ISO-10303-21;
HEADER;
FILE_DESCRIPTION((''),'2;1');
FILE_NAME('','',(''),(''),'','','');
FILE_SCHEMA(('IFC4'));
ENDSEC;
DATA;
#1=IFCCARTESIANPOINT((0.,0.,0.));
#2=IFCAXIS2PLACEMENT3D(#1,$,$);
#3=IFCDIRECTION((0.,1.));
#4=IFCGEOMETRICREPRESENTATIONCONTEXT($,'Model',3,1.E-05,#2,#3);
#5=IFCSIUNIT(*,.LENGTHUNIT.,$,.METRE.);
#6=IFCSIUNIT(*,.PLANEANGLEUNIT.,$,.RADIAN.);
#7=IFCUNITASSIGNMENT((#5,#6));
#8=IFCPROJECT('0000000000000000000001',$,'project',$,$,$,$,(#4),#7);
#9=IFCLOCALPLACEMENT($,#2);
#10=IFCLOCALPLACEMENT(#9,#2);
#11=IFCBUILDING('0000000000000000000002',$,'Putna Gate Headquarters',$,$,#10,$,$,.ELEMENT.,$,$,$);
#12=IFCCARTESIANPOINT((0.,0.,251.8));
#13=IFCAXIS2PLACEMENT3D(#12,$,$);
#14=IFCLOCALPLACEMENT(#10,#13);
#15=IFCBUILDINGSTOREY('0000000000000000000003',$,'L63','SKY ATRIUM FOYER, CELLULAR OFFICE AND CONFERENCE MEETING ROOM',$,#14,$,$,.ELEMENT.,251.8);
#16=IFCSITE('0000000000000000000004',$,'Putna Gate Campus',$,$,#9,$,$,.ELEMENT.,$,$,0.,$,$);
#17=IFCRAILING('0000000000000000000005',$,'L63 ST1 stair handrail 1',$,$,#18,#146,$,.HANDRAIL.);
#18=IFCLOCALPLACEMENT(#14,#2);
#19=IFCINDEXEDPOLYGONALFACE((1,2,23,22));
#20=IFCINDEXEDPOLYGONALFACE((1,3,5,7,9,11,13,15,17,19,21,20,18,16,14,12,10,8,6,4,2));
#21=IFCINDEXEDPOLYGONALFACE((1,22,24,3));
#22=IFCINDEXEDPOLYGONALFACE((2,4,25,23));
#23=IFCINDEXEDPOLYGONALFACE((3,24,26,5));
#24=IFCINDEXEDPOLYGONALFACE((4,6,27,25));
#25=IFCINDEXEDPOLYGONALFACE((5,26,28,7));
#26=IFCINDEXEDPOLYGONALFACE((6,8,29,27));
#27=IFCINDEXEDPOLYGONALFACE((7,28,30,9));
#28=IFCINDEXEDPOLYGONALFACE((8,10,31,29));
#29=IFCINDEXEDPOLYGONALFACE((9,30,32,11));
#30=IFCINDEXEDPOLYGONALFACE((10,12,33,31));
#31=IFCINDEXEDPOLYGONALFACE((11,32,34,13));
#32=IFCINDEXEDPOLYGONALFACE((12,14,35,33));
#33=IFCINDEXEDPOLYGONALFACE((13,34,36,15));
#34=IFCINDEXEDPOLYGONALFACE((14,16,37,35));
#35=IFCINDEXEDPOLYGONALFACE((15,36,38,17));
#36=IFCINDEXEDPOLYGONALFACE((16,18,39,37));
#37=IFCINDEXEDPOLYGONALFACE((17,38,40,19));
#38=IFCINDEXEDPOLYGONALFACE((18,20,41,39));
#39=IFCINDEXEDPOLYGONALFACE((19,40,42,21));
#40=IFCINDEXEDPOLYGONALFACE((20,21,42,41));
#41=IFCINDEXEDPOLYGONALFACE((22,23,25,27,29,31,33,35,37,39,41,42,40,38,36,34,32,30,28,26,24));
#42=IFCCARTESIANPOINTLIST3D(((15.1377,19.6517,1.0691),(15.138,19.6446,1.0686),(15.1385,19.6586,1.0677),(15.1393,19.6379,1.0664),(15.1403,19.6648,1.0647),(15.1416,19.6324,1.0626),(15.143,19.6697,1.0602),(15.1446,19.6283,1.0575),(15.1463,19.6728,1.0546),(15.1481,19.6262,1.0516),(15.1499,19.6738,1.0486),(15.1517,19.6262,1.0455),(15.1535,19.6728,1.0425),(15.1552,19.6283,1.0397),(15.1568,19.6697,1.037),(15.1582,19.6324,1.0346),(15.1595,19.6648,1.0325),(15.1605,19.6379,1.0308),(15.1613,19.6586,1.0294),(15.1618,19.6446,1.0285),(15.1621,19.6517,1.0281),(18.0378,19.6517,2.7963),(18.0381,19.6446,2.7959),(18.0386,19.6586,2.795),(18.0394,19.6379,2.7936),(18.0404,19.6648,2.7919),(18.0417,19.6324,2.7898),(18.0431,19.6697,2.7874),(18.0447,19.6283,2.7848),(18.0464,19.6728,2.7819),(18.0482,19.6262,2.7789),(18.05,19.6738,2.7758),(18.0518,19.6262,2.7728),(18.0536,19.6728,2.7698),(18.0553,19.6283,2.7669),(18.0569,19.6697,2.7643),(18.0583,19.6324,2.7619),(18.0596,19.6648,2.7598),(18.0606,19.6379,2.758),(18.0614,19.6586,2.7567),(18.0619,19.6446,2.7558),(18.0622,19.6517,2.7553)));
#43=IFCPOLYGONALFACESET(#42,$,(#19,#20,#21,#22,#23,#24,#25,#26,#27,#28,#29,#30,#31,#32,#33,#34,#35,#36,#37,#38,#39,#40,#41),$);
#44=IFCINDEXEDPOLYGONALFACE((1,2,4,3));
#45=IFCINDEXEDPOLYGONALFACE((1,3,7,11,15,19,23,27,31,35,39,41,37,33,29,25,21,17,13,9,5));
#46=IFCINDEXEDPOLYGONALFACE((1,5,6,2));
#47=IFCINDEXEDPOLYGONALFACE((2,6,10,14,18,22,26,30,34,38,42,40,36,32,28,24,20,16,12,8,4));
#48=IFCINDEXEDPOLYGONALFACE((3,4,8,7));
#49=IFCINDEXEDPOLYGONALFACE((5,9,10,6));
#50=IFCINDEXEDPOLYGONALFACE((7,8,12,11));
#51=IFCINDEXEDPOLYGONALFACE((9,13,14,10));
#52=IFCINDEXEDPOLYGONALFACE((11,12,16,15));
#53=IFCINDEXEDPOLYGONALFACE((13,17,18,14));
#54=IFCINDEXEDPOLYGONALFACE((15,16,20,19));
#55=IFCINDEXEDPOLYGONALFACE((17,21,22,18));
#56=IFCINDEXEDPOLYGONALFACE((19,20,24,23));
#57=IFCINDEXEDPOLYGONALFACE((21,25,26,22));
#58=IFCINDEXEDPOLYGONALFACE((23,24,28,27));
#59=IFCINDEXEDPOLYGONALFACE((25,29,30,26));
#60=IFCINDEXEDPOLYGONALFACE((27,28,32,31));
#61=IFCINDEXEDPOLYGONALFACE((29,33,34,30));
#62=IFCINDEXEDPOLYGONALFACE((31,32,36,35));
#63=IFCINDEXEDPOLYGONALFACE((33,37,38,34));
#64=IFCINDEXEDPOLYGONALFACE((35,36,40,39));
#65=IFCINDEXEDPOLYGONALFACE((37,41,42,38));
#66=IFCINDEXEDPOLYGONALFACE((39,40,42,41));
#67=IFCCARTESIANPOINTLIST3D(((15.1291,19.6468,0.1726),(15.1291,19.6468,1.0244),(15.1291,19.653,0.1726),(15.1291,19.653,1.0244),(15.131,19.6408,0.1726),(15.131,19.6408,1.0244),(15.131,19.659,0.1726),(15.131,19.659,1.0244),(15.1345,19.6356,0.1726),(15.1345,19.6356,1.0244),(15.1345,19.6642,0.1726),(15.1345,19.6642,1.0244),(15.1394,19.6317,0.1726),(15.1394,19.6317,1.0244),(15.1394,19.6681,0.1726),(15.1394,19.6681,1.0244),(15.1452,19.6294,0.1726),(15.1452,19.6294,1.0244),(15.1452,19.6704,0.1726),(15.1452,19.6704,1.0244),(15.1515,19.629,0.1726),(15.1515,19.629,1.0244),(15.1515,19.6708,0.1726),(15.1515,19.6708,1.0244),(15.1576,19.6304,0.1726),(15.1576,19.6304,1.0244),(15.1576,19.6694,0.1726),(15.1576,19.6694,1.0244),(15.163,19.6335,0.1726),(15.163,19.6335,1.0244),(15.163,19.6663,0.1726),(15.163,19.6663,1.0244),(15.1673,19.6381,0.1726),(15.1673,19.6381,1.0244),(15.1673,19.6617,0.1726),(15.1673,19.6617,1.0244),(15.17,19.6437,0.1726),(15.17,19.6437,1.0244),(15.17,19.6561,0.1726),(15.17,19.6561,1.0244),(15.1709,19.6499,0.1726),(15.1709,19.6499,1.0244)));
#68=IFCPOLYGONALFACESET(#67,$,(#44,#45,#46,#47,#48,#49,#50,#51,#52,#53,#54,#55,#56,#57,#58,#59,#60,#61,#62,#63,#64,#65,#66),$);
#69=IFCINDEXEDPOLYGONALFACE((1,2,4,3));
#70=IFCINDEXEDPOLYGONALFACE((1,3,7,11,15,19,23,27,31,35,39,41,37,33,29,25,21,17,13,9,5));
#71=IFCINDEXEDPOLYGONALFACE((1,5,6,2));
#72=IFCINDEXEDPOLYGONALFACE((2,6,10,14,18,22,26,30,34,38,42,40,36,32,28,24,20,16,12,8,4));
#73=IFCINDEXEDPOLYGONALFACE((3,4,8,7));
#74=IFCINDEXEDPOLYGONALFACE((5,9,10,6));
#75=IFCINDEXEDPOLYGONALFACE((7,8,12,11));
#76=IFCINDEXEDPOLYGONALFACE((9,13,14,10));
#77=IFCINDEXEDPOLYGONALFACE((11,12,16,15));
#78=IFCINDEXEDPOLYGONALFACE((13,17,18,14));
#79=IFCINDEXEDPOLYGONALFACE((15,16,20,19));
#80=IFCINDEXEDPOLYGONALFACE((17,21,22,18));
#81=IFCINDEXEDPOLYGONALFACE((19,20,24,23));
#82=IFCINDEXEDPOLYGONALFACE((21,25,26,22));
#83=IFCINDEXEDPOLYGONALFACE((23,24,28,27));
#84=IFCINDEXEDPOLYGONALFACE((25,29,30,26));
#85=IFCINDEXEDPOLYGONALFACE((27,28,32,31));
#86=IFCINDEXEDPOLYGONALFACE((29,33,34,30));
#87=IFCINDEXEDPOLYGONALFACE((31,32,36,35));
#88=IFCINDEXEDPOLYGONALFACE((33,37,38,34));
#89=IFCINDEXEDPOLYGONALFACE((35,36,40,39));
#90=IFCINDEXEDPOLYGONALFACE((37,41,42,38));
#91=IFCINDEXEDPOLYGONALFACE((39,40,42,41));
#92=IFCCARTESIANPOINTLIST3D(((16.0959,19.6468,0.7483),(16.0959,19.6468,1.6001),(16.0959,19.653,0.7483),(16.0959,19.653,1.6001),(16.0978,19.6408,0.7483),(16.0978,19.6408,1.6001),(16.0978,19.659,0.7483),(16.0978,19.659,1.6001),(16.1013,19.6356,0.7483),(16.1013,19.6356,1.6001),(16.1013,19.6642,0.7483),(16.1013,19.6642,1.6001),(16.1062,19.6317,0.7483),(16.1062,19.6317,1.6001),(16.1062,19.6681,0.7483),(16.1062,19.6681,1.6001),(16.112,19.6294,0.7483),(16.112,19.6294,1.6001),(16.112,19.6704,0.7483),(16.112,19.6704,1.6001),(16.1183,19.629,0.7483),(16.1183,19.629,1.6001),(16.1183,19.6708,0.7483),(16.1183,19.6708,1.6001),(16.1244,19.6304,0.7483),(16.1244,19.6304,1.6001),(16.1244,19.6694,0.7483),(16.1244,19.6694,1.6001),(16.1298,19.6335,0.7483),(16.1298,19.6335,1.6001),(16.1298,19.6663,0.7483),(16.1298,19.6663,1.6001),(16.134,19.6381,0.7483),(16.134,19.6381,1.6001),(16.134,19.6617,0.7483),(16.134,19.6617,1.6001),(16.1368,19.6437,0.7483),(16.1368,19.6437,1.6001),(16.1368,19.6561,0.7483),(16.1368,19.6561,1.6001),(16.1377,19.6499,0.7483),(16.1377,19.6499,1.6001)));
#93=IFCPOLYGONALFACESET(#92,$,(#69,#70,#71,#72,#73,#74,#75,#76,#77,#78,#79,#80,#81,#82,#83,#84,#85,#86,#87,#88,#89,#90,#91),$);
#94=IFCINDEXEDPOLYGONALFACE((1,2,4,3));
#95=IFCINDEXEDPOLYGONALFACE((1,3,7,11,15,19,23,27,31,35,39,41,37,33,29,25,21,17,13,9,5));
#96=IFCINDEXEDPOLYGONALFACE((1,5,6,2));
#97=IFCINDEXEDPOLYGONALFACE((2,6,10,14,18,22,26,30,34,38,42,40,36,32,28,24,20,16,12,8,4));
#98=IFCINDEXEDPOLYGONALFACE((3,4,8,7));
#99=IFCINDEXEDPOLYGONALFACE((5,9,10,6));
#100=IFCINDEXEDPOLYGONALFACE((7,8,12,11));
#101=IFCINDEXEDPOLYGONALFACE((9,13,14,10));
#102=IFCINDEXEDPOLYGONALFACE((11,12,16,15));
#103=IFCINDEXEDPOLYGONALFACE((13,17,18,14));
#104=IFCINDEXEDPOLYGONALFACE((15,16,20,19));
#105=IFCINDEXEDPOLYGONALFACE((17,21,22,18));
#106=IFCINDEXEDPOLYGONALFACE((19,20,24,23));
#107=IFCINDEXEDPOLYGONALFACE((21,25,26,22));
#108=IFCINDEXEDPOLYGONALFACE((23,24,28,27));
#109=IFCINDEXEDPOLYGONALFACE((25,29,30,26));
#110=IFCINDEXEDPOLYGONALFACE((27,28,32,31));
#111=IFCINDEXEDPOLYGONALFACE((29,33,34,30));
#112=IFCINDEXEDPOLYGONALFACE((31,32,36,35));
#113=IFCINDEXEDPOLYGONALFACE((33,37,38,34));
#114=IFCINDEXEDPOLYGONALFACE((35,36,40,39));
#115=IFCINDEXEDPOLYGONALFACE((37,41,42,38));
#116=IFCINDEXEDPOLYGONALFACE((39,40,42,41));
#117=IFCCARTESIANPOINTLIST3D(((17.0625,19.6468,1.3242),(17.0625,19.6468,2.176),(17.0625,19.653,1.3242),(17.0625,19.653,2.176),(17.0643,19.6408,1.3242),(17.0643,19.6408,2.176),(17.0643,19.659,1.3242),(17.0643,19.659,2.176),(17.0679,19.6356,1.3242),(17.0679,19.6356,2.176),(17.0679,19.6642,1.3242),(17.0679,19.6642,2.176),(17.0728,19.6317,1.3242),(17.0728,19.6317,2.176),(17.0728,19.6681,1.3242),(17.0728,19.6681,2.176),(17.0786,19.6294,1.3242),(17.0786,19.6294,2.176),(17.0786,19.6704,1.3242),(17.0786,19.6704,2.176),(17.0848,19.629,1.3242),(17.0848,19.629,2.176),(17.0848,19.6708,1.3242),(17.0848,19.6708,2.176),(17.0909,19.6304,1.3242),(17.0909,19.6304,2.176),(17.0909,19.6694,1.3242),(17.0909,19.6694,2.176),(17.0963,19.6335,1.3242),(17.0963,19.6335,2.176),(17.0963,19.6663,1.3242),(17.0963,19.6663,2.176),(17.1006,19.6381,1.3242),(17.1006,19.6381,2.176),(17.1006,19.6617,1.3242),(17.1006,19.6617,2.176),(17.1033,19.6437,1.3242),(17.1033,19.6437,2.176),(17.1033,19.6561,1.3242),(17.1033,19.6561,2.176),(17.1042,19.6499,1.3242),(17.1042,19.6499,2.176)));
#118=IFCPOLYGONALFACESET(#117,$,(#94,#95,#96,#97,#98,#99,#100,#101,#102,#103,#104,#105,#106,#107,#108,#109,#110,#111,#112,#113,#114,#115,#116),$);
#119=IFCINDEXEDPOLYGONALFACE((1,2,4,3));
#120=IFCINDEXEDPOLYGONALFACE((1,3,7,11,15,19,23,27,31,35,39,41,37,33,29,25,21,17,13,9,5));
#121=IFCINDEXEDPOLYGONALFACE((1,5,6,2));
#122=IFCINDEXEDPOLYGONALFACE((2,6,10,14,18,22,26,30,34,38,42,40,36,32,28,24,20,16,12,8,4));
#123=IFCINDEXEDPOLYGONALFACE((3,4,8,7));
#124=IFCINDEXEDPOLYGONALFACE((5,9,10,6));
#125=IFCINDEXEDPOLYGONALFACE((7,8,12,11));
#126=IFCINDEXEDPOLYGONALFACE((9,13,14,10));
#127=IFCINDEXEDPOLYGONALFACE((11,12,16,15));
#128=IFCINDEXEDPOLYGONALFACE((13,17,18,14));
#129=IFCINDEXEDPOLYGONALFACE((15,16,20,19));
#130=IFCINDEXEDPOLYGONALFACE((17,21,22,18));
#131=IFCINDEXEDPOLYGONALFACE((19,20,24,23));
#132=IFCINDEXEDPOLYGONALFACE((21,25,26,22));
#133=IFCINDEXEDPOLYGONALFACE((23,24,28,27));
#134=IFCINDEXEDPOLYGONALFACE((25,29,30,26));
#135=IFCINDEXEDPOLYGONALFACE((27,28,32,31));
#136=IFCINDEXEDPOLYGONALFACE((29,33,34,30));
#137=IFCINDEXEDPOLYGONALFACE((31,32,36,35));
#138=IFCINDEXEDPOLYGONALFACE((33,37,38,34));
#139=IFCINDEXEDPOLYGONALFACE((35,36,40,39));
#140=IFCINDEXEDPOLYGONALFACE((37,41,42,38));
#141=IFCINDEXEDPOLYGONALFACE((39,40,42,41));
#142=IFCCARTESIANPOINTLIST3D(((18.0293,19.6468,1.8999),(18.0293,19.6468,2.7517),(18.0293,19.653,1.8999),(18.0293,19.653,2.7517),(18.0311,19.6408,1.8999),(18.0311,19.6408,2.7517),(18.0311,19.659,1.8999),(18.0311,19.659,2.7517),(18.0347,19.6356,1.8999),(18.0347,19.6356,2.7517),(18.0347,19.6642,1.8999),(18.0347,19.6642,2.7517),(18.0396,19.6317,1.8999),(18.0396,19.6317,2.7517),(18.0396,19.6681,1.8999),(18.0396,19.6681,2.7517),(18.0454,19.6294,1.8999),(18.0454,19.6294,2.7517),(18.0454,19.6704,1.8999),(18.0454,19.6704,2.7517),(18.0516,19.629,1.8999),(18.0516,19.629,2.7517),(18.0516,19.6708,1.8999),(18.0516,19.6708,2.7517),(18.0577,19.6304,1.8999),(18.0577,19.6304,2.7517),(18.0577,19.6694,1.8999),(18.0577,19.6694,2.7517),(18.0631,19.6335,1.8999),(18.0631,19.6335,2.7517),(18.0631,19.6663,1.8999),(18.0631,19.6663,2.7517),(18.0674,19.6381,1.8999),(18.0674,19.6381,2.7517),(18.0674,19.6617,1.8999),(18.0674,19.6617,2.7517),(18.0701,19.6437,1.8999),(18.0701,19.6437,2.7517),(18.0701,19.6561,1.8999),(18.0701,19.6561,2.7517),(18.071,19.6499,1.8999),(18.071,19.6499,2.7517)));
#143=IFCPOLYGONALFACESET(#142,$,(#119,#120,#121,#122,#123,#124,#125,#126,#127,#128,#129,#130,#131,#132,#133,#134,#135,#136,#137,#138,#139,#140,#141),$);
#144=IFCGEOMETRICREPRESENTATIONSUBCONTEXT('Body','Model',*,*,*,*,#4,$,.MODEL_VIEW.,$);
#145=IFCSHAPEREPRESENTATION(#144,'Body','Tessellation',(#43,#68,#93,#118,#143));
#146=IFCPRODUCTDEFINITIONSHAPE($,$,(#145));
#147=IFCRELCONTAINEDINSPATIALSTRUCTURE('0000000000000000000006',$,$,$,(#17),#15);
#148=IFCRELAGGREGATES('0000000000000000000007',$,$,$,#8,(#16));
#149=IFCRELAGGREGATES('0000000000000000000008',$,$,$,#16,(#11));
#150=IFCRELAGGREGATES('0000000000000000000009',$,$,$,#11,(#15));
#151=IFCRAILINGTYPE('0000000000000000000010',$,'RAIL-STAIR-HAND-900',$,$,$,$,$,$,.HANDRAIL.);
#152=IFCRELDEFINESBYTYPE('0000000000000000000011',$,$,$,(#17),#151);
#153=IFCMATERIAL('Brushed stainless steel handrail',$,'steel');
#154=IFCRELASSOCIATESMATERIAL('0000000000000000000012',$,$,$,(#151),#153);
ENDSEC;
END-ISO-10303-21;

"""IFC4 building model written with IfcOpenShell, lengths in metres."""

from ifc_helpers import new_model, si_unit, direction, frame, origin, origin_2d, place, context, subcontext, project, spatial, circle, extrude, material, type_object, element, save


model = new_model("IFC4")

# Units and contexts
model_context = context("Model", 3, precision=1e-05, world=origin(), true_north=direction((0.0, 1.0)))
body_context = subcontext(model_context, "Body", "Model", "MODEL_VIEW")
ifc_project = project(units=[si_unit("LENGTHUNIT", "METRE"), si_unit("PLANEANGLEUNIT", "RADIAN")], contexts=[model_context])

# Site, building, storey
site_placement = place(None, origin())
site = spatial("IfcSite", under=ifc_project, at=site_placement, Name="Putna Gate Campus", CompositionType="ELEMENT", RefElevation=0.0)
building_placement = place(site_placement, origin())
building = spatial("IfcBuilding", under=site, at=building_placement, Name="Putna Gate Headquarters", CompositionType="ELEMENT")
storey_placement = place(building_placement, frame((0.0, 0.0, 251.8)))
storey = spatial("IfcBuildingStorey", under=building, at=storey_placement, Name="L63", Description="SKY ATRIUM FOYER, CELLULAR OFFICE AND CONFERENCE MEETING ROOM", CompositionType="ELEMENT", Elevation=251.8)

# Railing
ifc_material_1 = material(Name="Brushed stainless steel handrail", Category="steel")
railing_type_1 = type_object("IfcRailingType", Name="RAIL-STAIR-HAND-900", PredefinedType="HANDRAIL", material=ifc_material_1)
railing_1_placement = place(storey_placement, frame((15.1499, 19.6499, 0.1726)))
element("IfcRailing", 1, at=railing_1_placement, inside=storey, type_object=railing_type_1, Name="L63 ST1 stair handrail 1", PredefinedType="HANDRAIL", context=body_context, shape_type="SweptSolid", body=[
    extrude(circle(Radius=0.0239, at=origin_2d()), frame((0.0, 0.0, 0.876), z_axis=(0.85916, 0.0, 0.511706), x_axis=(0.0, 1.0, 0.0)), (0.0, 0.0, 1.0), 3.3755),
    extrude(circle(Radius=0.021, at=origin_2d()), origin(), (0.0, 0.0, 1.0), 0.8518),
    extrude(circle(Radius=0.021, at=origin_2d()), frame((0.9668, 0.0, 0.5757)), (0.0, 0.0, 1.0), 0.8518),
    extrude(circle(Radius=0.021, at=origin_2d()), frame((1.9333, 0.0, 1.1516)), (0.0, 0.0, 1.0), 0.8518),
    extrude(circle(Radius=0.021, at=origin_2d()), frame((2.9001, 0.0, 1.7273)), (0.0, 0.0, 1.0), 0.8518),
])

save(model, "model.ifc")
